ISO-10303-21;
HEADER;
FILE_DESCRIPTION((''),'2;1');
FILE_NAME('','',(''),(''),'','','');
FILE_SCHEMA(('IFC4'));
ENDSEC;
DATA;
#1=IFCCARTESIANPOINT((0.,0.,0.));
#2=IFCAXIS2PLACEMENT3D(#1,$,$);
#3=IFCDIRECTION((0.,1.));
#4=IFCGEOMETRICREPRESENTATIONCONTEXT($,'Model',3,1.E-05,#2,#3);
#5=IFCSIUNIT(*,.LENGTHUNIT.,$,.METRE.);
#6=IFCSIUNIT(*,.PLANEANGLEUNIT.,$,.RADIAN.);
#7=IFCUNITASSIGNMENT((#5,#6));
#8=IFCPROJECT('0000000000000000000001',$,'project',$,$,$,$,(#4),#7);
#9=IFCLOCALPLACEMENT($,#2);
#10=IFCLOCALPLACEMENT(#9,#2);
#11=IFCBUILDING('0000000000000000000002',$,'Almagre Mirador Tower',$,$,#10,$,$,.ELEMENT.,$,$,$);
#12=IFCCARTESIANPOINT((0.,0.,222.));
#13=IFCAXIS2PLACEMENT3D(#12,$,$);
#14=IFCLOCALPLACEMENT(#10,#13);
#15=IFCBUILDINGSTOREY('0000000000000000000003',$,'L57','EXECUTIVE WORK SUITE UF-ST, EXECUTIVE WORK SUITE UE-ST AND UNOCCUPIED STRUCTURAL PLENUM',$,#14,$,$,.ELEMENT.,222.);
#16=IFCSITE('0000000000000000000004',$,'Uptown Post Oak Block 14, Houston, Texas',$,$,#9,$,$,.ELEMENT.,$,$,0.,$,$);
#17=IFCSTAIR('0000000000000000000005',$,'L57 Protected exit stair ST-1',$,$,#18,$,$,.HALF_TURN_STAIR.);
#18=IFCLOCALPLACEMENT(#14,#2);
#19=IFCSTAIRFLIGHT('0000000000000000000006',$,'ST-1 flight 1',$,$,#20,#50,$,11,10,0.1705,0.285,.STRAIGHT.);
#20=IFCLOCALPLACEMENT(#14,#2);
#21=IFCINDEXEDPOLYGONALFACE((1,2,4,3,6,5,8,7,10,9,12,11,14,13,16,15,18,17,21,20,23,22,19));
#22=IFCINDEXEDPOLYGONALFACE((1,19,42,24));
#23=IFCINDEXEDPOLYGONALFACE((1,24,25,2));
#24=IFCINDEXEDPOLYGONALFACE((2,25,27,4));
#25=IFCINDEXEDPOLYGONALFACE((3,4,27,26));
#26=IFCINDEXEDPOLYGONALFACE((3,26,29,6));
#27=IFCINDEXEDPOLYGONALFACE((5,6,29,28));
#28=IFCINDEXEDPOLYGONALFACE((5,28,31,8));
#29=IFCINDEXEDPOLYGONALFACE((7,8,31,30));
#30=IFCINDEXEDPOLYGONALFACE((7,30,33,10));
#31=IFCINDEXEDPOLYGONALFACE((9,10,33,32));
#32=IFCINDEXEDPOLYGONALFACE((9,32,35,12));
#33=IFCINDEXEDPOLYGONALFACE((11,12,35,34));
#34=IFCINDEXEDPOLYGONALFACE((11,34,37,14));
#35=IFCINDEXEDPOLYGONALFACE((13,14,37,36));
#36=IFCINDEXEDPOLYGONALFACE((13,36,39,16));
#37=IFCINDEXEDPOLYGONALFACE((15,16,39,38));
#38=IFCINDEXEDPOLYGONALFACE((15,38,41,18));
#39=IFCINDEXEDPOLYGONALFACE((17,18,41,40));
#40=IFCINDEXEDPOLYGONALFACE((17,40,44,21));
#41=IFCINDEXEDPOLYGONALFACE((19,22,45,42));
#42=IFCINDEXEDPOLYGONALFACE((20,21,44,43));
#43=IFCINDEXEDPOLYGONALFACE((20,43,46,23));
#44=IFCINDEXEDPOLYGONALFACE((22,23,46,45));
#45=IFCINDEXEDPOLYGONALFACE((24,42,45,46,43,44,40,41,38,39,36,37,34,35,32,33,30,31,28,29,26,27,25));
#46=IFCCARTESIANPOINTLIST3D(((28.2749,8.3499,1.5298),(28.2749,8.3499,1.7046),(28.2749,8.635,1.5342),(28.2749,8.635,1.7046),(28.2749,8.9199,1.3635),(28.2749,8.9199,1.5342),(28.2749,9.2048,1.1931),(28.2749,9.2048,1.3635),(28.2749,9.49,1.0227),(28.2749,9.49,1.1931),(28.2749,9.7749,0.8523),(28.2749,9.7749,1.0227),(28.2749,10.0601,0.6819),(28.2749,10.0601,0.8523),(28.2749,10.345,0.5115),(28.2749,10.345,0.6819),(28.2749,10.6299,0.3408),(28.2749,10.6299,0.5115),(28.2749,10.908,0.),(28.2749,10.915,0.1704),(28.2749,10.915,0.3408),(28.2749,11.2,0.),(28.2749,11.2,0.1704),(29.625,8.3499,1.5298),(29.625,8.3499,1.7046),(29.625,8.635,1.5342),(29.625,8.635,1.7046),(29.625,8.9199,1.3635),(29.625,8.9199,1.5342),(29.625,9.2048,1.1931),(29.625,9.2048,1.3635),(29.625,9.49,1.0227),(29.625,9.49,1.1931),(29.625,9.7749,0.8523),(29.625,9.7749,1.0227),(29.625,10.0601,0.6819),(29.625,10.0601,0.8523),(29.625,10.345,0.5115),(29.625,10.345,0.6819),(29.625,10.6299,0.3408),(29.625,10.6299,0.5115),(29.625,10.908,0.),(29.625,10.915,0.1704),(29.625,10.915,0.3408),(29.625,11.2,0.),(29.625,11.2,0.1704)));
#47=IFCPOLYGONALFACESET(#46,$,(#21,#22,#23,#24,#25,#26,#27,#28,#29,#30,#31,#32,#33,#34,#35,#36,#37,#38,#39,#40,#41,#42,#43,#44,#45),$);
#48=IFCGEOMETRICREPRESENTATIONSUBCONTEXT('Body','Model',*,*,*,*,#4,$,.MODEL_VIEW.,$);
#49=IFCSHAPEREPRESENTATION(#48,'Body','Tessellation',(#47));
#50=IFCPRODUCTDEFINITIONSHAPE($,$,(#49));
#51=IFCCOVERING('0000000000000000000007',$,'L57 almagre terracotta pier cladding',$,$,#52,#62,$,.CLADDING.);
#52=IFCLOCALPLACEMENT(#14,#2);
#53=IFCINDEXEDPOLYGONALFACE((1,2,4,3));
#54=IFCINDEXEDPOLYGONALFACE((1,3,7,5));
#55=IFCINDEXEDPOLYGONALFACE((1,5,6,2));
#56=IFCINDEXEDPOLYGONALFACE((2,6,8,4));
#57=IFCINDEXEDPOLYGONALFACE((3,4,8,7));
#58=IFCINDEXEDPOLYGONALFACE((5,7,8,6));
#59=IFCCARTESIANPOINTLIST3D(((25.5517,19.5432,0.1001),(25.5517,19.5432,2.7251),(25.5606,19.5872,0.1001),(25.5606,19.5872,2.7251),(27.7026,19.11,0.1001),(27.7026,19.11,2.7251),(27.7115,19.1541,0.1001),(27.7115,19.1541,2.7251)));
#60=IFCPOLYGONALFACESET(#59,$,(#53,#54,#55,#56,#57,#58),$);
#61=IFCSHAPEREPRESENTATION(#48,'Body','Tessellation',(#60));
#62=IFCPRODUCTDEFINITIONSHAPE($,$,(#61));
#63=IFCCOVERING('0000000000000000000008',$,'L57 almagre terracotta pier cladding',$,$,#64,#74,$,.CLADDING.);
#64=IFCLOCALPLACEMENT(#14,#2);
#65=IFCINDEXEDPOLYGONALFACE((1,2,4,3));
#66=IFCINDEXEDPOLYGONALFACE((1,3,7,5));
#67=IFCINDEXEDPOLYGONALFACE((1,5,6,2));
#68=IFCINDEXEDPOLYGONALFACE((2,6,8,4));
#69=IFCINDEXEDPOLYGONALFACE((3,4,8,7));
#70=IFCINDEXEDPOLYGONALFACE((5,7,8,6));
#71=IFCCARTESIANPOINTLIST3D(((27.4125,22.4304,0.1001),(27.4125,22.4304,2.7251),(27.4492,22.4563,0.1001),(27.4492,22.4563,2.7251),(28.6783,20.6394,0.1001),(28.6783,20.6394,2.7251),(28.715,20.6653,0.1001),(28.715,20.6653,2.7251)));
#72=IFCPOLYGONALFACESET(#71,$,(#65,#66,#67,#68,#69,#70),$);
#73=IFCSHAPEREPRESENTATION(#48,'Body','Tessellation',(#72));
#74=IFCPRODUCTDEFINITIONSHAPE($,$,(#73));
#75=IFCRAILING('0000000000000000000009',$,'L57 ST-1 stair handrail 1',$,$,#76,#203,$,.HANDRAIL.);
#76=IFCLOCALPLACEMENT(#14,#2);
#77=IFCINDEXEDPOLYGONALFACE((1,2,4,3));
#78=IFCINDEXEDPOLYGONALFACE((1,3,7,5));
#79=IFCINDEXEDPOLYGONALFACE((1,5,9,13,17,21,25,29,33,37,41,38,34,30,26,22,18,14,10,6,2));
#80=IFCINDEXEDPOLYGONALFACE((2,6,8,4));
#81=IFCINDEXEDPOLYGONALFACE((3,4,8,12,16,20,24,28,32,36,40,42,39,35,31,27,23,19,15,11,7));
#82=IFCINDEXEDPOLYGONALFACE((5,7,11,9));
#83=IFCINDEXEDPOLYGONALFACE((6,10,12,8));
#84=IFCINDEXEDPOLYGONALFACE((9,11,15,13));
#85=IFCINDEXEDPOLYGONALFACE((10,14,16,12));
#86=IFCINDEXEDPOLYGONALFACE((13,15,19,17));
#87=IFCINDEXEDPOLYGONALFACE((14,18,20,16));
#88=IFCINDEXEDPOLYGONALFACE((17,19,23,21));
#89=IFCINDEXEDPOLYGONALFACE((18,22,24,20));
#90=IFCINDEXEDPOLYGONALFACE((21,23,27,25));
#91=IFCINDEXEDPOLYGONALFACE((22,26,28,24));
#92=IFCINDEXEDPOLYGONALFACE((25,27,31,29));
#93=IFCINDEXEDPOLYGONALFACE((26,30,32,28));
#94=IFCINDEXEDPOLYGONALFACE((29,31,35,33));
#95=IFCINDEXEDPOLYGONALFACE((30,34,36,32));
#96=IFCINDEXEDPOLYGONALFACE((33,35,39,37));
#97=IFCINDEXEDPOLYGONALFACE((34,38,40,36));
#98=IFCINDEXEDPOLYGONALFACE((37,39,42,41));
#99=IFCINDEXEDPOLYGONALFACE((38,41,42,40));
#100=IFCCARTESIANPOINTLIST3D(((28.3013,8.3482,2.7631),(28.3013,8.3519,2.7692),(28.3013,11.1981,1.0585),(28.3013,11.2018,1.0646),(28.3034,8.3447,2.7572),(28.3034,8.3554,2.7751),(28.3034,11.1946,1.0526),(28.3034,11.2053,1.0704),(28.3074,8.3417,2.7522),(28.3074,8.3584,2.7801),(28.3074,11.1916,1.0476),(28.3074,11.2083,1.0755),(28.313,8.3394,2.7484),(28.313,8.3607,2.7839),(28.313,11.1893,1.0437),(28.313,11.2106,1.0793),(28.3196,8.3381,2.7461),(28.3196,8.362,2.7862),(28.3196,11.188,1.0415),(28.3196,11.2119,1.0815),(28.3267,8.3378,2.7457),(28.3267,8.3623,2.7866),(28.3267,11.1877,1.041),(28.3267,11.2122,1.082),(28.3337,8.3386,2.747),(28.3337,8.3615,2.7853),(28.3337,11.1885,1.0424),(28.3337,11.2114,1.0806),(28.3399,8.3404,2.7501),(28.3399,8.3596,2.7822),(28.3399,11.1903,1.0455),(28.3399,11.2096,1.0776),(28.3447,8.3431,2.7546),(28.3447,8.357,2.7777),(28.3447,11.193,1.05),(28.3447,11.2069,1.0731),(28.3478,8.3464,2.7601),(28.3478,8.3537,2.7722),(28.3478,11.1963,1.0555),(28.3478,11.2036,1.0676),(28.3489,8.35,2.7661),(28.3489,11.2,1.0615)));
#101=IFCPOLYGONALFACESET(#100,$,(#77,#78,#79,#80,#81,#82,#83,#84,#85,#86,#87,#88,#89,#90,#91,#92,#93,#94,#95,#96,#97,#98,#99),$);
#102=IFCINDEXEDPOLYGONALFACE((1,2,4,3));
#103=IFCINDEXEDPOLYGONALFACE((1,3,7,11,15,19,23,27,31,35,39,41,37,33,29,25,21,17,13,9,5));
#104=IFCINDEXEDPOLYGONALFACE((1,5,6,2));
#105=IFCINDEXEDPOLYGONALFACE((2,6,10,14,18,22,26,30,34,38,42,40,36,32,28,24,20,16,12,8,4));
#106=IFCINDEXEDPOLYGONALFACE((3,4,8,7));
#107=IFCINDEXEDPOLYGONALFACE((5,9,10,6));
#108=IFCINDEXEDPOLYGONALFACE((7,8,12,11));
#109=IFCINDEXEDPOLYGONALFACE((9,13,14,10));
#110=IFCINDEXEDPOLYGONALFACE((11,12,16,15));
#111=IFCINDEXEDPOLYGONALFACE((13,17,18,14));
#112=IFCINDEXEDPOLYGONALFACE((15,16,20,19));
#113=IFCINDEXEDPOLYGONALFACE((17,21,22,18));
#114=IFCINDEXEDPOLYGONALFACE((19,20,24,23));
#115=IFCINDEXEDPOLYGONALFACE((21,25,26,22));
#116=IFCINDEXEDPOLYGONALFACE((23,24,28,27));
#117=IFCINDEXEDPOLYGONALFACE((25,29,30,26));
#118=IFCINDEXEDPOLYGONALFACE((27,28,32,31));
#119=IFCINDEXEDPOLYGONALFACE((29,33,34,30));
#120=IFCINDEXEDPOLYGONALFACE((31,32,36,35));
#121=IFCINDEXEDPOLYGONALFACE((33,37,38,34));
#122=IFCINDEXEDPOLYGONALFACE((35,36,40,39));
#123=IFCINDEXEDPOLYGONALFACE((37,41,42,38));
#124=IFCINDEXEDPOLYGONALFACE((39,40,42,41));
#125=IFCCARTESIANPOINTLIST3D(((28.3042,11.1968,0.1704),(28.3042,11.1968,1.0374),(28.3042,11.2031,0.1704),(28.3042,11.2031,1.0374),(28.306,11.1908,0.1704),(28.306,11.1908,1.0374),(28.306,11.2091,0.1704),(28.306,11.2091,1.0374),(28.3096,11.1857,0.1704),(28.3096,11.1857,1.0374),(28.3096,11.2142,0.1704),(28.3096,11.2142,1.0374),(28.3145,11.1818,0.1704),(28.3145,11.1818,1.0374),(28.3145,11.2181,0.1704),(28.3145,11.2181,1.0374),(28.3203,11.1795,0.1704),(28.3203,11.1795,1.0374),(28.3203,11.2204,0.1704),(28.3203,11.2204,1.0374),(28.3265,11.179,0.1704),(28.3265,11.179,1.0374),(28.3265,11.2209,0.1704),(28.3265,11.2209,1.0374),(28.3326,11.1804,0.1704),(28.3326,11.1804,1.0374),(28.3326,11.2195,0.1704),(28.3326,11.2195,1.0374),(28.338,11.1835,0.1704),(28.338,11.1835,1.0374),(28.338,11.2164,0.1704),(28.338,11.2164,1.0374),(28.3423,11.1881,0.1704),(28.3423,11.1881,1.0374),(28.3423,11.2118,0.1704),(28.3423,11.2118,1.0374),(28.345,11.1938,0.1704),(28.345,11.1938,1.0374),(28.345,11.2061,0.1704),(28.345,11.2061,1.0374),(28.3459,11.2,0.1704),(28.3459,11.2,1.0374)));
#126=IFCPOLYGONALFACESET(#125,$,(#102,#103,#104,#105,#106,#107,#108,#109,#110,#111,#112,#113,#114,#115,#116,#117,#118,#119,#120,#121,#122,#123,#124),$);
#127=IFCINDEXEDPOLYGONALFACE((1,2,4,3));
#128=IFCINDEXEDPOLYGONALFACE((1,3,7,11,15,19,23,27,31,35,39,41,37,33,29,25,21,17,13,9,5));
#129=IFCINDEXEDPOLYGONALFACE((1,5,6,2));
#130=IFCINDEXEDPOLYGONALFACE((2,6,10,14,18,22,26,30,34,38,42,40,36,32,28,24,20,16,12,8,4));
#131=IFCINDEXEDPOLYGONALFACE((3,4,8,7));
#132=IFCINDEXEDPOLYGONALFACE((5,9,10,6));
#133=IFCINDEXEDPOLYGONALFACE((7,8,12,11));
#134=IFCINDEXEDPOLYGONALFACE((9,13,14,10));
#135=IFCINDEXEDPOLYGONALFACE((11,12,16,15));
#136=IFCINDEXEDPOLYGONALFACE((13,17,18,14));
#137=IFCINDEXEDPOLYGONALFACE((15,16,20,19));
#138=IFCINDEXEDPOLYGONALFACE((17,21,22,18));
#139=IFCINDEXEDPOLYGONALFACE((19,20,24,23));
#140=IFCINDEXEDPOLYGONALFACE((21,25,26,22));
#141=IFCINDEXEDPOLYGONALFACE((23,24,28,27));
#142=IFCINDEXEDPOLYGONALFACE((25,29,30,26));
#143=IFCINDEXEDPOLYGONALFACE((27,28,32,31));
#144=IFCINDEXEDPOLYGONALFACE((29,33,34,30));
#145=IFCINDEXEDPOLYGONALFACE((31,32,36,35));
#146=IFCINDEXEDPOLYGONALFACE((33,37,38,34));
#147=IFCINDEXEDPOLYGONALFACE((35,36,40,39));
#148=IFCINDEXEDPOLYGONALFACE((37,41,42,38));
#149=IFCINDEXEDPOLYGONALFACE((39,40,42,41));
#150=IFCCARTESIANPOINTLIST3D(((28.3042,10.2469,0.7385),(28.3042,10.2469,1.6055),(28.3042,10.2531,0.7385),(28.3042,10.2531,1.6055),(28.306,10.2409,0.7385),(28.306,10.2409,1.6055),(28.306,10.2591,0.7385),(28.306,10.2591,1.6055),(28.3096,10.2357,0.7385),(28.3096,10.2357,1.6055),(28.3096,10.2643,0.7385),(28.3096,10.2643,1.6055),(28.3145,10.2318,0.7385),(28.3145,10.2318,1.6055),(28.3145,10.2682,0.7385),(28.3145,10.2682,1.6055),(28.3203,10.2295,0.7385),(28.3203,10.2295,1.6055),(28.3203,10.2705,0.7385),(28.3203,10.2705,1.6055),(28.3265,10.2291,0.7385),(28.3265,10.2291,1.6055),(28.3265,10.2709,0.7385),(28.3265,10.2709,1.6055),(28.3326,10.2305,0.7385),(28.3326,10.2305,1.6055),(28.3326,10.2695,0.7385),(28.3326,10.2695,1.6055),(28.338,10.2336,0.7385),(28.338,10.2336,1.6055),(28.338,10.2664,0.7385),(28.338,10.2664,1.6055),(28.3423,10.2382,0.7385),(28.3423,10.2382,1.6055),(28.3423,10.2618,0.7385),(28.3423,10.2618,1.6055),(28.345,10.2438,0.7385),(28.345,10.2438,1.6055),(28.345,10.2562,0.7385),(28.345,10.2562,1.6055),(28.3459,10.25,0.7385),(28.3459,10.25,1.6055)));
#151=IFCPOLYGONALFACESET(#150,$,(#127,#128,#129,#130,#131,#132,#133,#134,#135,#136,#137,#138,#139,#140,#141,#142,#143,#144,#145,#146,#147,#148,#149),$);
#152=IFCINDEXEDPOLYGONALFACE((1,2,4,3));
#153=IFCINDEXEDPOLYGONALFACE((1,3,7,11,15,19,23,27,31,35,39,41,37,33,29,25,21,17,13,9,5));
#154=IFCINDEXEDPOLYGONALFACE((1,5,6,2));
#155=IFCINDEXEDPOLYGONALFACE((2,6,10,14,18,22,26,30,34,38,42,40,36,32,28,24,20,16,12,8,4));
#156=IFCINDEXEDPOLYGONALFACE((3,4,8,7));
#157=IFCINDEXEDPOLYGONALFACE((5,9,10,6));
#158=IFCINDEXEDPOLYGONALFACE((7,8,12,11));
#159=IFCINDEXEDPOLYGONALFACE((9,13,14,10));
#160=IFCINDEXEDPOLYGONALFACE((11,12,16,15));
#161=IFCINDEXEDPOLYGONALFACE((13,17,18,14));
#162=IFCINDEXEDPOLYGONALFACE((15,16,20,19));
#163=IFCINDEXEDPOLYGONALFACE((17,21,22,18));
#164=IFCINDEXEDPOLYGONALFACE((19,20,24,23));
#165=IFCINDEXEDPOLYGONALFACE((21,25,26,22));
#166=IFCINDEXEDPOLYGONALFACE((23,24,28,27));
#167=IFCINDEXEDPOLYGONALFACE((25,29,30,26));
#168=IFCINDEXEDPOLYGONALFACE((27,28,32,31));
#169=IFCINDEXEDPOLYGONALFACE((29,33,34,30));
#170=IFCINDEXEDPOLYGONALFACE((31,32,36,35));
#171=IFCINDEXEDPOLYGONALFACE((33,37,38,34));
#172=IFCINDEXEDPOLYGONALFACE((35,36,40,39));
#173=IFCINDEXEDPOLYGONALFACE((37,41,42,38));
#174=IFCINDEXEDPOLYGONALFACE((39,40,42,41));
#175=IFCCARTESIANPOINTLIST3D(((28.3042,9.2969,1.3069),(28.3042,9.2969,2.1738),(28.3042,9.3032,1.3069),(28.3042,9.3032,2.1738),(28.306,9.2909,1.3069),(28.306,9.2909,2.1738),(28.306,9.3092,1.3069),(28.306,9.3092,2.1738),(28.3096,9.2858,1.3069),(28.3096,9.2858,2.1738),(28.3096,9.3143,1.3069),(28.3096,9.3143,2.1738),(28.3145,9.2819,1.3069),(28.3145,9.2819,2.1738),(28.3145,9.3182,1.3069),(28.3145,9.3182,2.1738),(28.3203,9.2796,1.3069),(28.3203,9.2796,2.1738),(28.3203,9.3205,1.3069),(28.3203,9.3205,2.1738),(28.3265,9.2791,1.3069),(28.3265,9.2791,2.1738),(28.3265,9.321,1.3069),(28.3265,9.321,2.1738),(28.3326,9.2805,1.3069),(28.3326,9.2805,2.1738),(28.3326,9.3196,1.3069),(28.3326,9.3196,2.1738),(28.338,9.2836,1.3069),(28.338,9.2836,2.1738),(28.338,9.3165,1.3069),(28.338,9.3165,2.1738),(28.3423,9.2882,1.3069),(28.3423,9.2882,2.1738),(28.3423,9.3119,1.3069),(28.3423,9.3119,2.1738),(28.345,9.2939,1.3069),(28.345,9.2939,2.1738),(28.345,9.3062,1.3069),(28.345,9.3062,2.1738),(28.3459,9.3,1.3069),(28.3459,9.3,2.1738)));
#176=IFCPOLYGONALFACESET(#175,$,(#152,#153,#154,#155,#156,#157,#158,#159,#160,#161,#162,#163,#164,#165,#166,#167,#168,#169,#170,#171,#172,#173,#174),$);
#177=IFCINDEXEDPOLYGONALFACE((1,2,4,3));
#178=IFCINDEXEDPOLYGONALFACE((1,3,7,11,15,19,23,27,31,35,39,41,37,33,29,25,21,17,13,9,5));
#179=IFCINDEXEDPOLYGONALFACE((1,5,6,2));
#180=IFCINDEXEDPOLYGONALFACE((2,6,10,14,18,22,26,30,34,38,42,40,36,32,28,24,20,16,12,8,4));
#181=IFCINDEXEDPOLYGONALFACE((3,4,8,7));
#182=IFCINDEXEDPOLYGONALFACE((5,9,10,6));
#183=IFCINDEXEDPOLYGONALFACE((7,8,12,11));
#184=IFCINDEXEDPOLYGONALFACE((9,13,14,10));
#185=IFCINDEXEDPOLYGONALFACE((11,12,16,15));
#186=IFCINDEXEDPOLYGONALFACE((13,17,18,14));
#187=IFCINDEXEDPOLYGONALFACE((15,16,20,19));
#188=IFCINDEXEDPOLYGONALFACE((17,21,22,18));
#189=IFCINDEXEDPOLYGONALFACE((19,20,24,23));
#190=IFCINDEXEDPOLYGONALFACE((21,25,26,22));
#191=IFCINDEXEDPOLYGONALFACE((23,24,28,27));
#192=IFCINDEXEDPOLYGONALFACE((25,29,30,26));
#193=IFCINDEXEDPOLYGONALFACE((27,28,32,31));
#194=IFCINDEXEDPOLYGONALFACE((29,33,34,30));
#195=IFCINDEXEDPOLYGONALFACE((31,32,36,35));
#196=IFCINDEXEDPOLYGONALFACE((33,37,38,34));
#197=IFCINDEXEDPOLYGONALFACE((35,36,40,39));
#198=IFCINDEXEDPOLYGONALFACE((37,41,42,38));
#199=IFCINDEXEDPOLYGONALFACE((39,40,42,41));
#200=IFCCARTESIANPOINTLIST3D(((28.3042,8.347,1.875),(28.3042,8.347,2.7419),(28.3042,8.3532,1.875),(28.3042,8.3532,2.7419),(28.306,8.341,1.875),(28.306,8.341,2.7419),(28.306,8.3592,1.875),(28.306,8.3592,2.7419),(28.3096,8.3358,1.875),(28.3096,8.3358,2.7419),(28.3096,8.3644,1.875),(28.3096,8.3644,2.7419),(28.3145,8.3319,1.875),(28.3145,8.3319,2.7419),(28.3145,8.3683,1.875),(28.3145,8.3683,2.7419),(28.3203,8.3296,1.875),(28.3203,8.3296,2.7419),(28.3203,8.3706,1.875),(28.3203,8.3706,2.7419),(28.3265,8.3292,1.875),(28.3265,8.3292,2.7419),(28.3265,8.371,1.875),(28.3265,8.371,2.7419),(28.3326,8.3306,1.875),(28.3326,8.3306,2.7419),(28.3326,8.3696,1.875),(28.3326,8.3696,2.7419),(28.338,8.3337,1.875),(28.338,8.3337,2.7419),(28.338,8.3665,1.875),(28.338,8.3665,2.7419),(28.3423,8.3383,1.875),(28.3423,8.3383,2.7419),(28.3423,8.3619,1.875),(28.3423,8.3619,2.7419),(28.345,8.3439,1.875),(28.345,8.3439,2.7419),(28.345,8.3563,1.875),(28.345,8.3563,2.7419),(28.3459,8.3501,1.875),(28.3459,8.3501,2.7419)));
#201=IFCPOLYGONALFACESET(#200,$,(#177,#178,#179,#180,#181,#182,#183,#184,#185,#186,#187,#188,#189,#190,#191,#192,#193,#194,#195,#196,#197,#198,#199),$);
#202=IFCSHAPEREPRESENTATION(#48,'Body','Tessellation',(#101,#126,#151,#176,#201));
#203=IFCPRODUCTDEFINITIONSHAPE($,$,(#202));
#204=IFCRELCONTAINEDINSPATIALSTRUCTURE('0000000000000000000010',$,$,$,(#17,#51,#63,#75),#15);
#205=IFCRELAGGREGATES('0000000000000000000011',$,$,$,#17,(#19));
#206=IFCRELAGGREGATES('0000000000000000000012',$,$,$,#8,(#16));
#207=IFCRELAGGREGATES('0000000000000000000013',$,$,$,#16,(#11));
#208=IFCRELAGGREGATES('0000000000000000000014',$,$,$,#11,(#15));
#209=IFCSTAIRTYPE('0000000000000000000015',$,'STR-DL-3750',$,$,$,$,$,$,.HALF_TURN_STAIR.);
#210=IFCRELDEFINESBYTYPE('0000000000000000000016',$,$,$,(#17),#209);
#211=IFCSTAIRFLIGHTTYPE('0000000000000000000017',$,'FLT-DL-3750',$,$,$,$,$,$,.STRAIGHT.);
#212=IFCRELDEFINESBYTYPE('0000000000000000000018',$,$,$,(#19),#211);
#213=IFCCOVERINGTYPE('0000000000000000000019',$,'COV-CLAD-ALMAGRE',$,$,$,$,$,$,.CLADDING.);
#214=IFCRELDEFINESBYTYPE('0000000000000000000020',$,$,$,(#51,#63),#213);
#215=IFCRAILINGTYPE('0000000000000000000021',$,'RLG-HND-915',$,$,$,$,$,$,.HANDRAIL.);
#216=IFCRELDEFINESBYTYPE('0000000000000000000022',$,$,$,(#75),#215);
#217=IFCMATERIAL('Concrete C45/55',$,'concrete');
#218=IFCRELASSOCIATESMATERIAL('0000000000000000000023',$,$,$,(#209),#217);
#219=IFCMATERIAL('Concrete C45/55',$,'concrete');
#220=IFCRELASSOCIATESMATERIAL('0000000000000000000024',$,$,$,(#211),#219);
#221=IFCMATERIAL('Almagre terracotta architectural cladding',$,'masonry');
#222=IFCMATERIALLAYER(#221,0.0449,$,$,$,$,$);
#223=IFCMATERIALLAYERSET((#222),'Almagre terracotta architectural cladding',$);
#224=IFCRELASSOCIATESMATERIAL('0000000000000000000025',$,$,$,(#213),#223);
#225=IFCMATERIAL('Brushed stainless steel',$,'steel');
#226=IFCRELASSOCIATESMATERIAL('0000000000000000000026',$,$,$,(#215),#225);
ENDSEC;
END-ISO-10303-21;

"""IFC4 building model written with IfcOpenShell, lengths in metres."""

from ifc_helpers import new_model, si_unit, direction, frame, origin, origin_2d, place, context, subcontext, project, spatial, polyline, rectangle, circle, outline, extrude, material, layer, layer_set, type_object, element, aggregate, save


model = new_model("IFC4")

# Units and contexts
model_context = context("Model", 3, precision=1e-05, world=origin(), true_north=direction((0.0, 1.0)))
body_context = subcontext(model_context, "Body", "Model", "MODEL_VIEW")
ifc_project = project(units=[si_unit("LENGTHUNIT", "METRE"), si_unit("PLANEANGLEUNIT", "RADIAN")], contexts=[model_context])

# Site, building, storey
site_placement = place(None, origin())
site = spatial("IfcSite", under=ifc_project, at=site_placement, Name="Uptown Post Oak Block 14, Houston, Texas", CompositionType="ELEMENT", RefElevation=0.0)
building_placement = place(site_placement, origin())
building = spatial("IfcBuilding", under=site, at=building_placement, Name="Almagre Mirador Tower", CompositionType="ELEMENT")
storey_placement = place(building_placement, frame((0.0, 0.0, 222.0)))
storey = spatial("IfcBuildingStorey", under=building, at=storey_placement, Name="L57", Description="EXECUTIVE WORK SUITE UF-ST, EXECUTIVE WORK SUITE UE-ST AND UNOCCUPIED STRUCTURAL PLENUM", CompositionType="ELEMENT", Elevation=222.0)

# Stair, stair flight
ifc_material_1 = material(Name="Concrete C45/55", Category="concrete")
stair_type = type_object("IfcStairType", Name="STR-DL-3750", PredefinedType="HALF_TURN_STAIR", material=ifc_material_1)
stair_placement = place(storey_placement, origin())
stair = element("IfcStair", 1, at=stair_placement, inside=storey, type_object=stair_type, Name="L57 Protected exit stair ST-1", PredefinedType="HALF_TURN_STAIR")
ifc_material_2 = material(Name="Concrete C45/55", Category="concrete")
stair_flight_type = type_object("IfcStairFlightType", Name="FLT-DL-3750", PredefinedType="STRAIGHT", material=ifc_material_2)
stair_flight_placement = place(storey_placement, frame((28.95, 11.2, 0.0), z_axis=(0.0, 0.0, 1.0), x_axis=(0.0, -1.0, 0.0)))
stair_flight = element("IfcStairFlight", 2, at=stair_flight_placement, type_object=stair_flight_type, Name="ST-1 flight 1", NumberOfRisers=11, NumberOfTreads=10, PredefinedType="STRAIGHT", RiserHeight=0.1705, TreadLength=0.285, context=body_context, shape_type="SweptSolid", body=[
    extrude(outline(polyline([(0.0, 0.0), (0.0, 0.1704), (0.2849, 0.1704), (0.2849, 0.3408), (0.5701, 0.3408), (0.5701, 0.5115), (0.855, 0.5115), (0.855, 0.6819), (1.1399, 0.6819), (1.1399, 0.8523), (1.425, 0.8523), (1.425, 1.0227), (1.71, 1.0227), (1.71, 1.1931), (1.9951, 1.1931), (1.9951, 1.3635), (2.28, 1.3635), (2.28, 1.5342), (2.5649, 1.5342), (2.5649, 1.7046), (2.8501, 1.7046), (2.8501, 1.875), (2.8501, 1.5298), (0.292, 0.0), (0.0, 0.0)])), frame((0.0, 0.675, 0.0), z_axis=(0.0, -1.0, 0.0), x_axis=(1.0, 0.0, 0.0)), (0.0, 0.0, 1.0), 1.3501),
])
aggregate(stair, [stair_flight])

# Coverings
ifc_material_3 = material(Name="Almagre terracotta architectural cladding", Category="masonry")
ifc_layer_1 = layer(ifc_material_3, 0.0449)
ifc_layer_set_1 = layer_set([ifc_layer_1], Name="Almagre terracotta architectural cladding")
covering_type = type_object("IfcCoveringType", Name="COV-CLAD-ALMAGRE", PredefinedType="CLADDING", material=ifc_layer_set_1)
covering_1_placement = place(storey_placement, frame((26.6316, 19.3486, 0.1001), z_axis=(0.0, 0.0, 1.0), x_axis=(0.980319, -0.197418, 0.0)))
element("IfcCovering", 3, at=covering_1_placement, inside=storey, type_object=covering_type, Name="L57 almagre terracotta pier cladding", PredefinedType="CLADDING", context=body_context, shape_type="SweptSolid", body=[
    extrude(rectangle(XDim=2.1941, YDim=0.0449, at=origin_2d()), origin(), (0.0, 0.0, 1.0), 2.625),
])
covering_2_placement = place(storey_placement, frame((28.0637, 21.5479, 0.1001), z_axis=(0.0, 0.0, 1.0), x_axis=(-0.577159, 0.816631, 0.0)))
element("IfcCovering", 4, at=covering_2_placement, inside=storey, type_object=covering_type, Name="L57 almagre terracotta pier cladding", PredefinedType="CLADDING", context=body_context, shape_type="SweptSolid", body=[
    extrude(rectangle(XDim=2.1931, YDim=0.0449, at=origin_2d()), origin(), (0.0, 0.0, 1.0), 2.625),
])

# Railing
ifc_material_4 = material(Name="Brushed stainless steel", Category="steel")
railing_type = type_object("IfcRailingType", Name="RLG-HND-915", PredefinedType="HANDRAIL", material=ifc_material_4)
railing_placement = place(storey_placement, frame((28.325, 11.2, 0.1704)))
element("IfcRailing", 5, at=railing_placement, inside=storey, type_object=railing_type, Name="L57 ST-1 stair handrail 1", PredefinedType="HANDRAIL", context=body_context, shape_type="SweptSolid", body=[
    extrude(circle(Radius=0.0239, at=origin_2d()), frame((0.0, 0.0, 0.8911), z_axis=(0.0, -0.858199, 0.513317), x_axis=(1.0, 0.0, 0.0)), (0.0, 0.0, 1.0), 3.3208),
    extrude(circle(Radius=0.021, at=origin_2d()), origin(), (0.0, 0.0, 1.0), 0.8669),
    extrude(circle(Radius=0.021, at=origin_2d()), frame((0.0, -0.95, 0.5681)), (0.0, 0.0, 1.0), 0.8669),
    extrude(circle(Radius=0.021, at=origin_2d()), frame((0.0, -1.8999, 1.1365)), (0.0, 0.0, 1.0), 0.8669),
    extrude(circle(Radius=0.021, at=origin_2d()), frame((0.0, -2.8499, 1.7046)), (0.0, 0.0, 1.0), 0.8669),
])

save(model, "model.ifc")
